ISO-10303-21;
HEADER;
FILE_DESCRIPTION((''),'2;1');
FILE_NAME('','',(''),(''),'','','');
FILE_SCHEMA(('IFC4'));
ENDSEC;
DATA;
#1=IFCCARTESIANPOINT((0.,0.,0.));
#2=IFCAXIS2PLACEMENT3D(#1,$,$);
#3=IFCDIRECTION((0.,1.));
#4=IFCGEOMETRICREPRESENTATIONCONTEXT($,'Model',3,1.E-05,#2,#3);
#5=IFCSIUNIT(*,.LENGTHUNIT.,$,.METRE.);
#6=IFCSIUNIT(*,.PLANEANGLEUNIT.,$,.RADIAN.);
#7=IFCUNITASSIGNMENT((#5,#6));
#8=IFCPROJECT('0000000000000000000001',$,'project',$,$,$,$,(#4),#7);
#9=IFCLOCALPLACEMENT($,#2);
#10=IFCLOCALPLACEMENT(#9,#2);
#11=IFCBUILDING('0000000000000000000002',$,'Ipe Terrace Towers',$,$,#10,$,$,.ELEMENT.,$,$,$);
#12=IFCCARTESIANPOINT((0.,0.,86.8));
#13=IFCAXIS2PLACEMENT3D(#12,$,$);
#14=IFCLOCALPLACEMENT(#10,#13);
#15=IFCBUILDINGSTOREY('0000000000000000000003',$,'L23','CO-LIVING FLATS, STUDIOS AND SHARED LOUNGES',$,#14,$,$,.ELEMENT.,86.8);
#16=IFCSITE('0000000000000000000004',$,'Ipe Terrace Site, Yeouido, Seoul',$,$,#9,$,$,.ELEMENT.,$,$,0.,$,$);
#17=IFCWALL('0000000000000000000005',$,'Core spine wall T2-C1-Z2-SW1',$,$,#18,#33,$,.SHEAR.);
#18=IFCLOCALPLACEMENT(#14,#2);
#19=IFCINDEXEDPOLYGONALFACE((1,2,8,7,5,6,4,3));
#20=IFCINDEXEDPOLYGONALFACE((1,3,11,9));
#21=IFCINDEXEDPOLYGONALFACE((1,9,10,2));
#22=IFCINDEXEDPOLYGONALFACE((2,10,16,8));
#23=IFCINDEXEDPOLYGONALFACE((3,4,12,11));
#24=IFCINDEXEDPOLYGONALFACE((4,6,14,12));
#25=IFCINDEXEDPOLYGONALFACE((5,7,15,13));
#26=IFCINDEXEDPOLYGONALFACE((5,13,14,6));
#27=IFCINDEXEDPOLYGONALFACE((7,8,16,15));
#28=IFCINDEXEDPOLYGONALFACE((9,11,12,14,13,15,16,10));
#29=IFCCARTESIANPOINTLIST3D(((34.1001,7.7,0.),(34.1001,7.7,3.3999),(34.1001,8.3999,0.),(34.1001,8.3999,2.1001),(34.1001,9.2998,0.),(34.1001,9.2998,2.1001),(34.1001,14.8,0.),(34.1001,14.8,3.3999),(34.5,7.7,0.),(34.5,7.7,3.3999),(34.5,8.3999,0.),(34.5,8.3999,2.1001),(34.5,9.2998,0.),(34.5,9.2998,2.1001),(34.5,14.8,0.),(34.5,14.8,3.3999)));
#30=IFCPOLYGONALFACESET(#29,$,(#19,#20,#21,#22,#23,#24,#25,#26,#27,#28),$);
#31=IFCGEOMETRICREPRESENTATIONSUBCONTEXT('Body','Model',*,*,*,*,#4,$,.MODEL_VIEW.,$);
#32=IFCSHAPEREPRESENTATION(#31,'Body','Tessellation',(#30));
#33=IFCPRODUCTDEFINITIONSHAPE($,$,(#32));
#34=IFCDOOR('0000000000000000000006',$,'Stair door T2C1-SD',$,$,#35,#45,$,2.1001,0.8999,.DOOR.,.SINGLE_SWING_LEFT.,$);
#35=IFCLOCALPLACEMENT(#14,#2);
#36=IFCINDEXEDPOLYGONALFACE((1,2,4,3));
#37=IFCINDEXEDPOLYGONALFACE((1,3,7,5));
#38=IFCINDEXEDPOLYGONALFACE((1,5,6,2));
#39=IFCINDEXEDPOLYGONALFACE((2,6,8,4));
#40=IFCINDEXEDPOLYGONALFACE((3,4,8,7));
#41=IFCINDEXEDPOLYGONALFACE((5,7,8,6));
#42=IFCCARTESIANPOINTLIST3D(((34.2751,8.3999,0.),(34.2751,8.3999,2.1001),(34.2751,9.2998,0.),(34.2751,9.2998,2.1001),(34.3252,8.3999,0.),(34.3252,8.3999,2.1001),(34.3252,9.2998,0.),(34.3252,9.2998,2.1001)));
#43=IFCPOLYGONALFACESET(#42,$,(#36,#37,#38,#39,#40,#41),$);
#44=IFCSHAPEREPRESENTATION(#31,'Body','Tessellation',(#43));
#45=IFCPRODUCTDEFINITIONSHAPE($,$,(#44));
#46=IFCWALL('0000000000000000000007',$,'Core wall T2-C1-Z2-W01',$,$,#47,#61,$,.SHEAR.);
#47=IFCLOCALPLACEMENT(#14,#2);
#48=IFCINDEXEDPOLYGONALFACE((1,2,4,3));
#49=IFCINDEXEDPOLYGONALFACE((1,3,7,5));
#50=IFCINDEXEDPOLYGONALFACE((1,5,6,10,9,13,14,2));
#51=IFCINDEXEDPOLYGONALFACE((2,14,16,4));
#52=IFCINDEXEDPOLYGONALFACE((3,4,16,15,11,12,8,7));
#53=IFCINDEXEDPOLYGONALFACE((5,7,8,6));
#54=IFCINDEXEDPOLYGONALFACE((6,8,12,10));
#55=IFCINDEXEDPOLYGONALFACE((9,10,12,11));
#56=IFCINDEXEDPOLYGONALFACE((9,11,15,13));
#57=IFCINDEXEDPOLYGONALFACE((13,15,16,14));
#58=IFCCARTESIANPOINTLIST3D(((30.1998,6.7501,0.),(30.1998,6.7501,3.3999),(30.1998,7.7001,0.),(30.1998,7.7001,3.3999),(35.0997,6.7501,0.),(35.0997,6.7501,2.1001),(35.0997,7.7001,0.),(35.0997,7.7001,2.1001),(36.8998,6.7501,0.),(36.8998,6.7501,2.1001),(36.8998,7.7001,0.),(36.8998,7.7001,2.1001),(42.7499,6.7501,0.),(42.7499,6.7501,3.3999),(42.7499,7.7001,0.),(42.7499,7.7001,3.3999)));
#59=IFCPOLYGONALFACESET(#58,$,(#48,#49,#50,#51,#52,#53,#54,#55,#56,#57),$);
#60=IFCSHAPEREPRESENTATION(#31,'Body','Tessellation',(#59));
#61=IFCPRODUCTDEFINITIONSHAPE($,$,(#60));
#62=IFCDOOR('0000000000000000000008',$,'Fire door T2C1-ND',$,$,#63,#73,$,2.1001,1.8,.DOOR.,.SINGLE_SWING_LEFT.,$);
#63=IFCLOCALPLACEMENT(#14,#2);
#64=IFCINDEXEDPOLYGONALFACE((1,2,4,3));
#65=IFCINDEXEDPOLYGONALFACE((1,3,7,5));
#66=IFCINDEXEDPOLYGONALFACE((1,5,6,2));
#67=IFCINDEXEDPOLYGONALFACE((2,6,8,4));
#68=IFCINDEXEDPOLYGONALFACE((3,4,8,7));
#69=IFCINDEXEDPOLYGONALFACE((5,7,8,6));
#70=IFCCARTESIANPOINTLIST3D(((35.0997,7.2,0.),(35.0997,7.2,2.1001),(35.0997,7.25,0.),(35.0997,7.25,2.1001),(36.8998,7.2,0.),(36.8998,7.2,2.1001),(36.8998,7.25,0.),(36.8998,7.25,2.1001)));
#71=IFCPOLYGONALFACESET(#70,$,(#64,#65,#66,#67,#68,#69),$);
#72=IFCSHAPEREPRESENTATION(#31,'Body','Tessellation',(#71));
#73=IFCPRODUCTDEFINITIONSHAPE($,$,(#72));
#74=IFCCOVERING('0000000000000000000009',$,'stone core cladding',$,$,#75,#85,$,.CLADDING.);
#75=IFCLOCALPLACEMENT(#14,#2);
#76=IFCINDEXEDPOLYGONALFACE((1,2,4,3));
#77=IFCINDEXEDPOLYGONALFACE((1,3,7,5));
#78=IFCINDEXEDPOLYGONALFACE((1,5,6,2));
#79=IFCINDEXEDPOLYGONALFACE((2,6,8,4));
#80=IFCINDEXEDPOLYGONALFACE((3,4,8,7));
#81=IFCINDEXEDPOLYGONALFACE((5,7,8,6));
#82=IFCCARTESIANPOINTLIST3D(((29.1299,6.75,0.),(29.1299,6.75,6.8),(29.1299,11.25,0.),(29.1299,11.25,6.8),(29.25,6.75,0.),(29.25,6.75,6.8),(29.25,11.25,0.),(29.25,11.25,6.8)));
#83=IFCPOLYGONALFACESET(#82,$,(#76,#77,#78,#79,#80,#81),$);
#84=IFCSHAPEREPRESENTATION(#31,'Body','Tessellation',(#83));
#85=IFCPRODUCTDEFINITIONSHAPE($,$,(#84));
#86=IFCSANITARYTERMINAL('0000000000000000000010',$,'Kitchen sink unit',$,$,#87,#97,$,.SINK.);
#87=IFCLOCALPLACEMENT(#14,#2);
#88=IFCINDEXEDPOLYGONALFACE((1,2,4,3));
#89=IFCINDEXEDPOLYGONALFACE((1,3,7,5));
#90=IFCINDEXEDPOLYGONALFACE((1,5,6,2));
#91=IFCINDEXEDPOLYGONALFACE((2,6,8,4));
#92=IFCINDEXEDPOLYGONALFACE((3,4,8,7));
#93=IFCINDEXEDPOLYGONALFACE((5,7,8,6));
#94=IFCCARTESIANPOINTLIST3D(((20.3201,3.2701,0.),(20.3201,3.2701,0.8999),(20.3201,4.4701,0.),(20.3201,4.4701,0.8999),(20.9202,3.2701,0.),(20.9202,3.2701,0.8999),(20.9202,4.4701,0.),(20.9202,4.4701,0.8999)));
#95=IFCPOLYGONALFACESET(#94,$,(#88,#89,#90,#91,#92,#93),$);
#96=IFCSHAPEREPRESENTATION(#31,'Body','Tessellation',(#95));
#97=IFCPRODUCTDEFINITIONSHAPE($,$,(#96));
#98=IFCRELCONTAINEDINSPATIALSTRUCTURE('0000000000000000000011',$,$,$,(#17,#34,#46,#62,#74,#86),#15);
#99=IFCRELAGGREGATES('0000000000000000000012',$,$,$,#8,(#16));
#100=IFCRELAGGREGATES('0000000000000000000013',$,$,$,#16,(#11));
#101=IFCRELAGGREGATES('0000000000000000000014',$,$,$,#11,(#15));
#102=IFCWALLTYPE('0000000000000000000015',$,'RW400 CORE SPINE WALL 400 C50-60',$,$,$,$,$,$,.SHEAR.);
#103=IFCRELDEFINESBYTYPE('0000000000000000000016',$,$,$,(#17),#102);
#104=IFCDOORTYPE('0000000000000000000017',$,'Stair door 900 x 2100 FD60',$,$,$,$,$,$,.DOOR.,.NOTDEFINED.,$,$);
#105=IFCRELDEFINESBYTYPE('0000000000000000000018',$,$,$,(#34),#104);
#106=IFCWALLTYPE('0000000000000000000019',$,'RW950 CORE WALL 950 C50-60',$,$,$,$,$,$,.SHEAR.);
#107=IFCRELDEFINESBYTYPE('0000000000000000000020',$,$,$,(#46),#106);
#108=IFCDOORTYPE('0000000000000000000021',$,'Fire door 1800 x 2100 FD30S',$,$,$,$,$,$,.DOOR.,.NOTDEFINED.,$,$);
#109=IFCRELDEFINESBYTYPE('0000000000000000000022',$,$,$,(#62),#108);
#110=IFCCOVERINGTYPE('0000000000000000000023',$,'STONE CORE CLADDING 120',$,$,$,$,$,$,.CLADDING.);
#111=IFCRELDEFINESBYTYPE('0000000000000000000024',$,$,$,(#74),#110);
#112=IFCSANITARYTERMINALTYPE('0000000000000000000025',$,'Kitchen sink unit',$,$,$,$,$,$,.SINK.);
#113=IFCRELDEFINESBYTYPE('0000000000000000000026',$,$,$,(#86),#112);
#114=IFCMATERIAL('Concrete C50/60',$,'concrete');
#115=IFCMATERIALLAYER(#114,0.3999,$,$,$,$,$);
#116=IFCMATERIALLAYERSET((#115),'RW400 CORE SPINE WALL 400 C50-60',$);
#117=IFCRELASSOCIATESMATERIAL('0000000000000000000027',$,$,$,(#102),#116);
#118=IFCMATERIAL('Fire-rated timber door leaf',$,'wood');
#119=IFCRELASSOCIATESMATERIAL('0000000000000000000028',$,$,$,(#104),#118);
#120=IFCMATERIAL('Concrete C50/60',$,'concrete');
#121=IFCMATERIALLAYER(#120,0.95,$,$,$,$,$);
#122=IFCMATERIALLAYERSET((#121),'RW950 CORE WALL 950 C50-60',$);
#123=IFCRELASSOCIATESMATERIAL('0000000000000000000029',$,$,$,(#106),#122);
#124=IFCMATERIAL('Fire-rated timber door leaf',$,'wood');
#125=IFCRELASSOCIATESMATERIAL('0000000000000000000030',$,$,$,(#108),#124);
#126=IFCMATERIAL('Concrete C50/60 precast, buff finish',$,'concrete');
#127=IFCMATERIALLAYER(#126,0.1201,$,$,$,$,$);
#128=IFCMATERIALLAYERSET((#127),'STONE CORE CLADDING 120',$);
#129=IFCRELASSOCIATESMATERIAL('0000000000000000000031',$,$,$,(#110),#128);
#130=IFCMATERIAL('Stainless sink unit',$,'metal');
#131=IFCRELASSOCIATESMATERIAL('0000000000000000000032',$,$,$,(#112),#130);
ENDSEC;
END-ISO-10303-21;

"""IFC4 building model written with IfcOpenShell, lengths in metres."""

from ifc_helpers import new_model, si_unit, direction, frame, frame_2d, origin, origin_2d, place, context, subcontext, project, spatial, rectangle, extrude, material, layer, layer_set, type_object, element, fill, save


model = new_model("IFC4")

# Units and contexts
model_context = context("Model", 3, precision=1e-05, world=origin(), true_north=direction((0.0, 1.0)))
body_context = subcontext(model_context, "Body", "Model", "MODEL_VIEW")
ifc_project = project(units=[si_unit("LENGTHUNIT", "METRE"), si_unit("PLANEANGLEUNIT", "RADIAN")], contexts=[model_context])

# Site, building, storey
site_placement = place(None, origin())
site = spatial("IfcSite", under=ifc_project, at=site_placement, Name="Ipe Terrace Site, Yeouido, Seoul", CompositionType="ELEMENT", RefElevation=0.0)
building_placement = place(site_placement, origin())
building = spatial("IfcBuilding", under=site, at=building_placement, Name="Ipe Terrace Towers", CompositionType="ELEMENT")
storey_placement = place(building_placement, frame((0.0, 0.0, 86.8)))
storey = spatial("IfcBuildingStorey", under=building, at=storey_placement, Name="L23", Description="CO-LIVING FLATS, STUDIOS AND SHARED LOUNGES", CompositionType="ELEMENT", Elevation=86.8)

# Walls, openings, doors
ifc_material_1 = material(Name="Concrete C50/60", Category="concrete")
ifc_layer_1 = layer(ifc_material_1, 0.3999)
ifc_layer_set_1 = layer_set([ifc_layer_1], Name="RW400 CORE SPINE WALL 400 C50-60")
wall_type_1 = type_object("IfcWallType", Name="RW400 CORE SPINE WALL 400 C50-60", PredefinedType="SHEAR", material=ifc_layer_set_1)
wall_1_placement = place(storey_placement, frame((34.3, 7.7, 0.0), z_axis=(0.0, 0.0, 1.0), x_axis=(0.0, 1.0, 0.0)))
wall_1 = element("IfcWall", 1, at=wall_1_placement, inside=storey, type_object=wall_type_1, Name="Core spine wall T2-C1-Z2-SW1", PredefinedType="SHEAR", context=body_context, shape_type="SweptSolid", body=[
    extrude(rectangle(XDim=7.1001, YDim=0.3999, at=frame_2d((3.55, 0.0))), origin(), (0.0, 0.0, 1.0), 3.3999),
])
opening_1_placement = place(wall_1_placement, frame((0.7, 0.0, 0.0)))
opening_1 = element("IfcOpeningElement", 2, at=opening_1_placement, cuts=wall_1, PredefinedType="OPENING", context=body_context, shape_type="SweptSolid", body=[
    extrude(rectangle(XDim=0.8999, YDim=2.1001, at=frame_2d((0.45, 1.05))), frame((0.0, 0.21, 0.0), z_axis=(0.0, -1.0, 0.0), x_axis=(1.0, 0.0, 0.0)), (0.0, 0.0, 1.0), 0.4199),
])
ifc_material_2 = material(Name="Fire-rated timber door leaf", Category="wood")
door_type_1 = type_object("IfcDoorType", Name="Stair door 900 x 2100 FD60", OperationType="NOTDEFINED", PredefinedType="DOOR", material=ifc_material_2)
door_1_placement = place(opening_1_placement, origin())
door_1 = element("IfcDoor", 3, at=door_1_placement, inside=storey, type_object=door_type_1, Name="Stair door T2C1-SD", OperationType="SINGLE_SWING_LEFT", OverallHeight=2.1001, OverallWidth=0.8999, PredefinedType="DOOR", context=body_context, shape_type="SweptSolid", body=[
    extrude(rectangle(XDim=0.8999, YDim=2.1001, at=frame_2d((0.45, 1.05))), frame((0.0, 0.0249, 0.0), z_axis=(0.0, -1.0, 0.0), x_axis=(1.0, 0.0, 0.0)), (0.0, 0.0, 1.0), 0.05),
])
fill(opening_1, door_1)
ifc_material_3 = material(Name="Concrete C50/60", Category="concrete")
ifc_layer_2 = layer(ifc_material_3, 0.95)
ifc_layer_set_2 = layer_set([ifc_layer_2], Name="RW950 CORE WALL 950 C50-60")
wall_type_2 = type_object("IfcWallType", Name="RW950 CORE WALL 950 C50-60", PredefinedType="SHEAR", material=ifc_layer_set_2)
wall_2_placement = place(storey_placement, frame((30.2, 7.2251, 0.0), z_axis=(0.0, 0.0, 1.0), x_axis=(1.0, 0.0, 0.0)))
wall_2 = element("IfcWall", 4, at=wall_2_placement, inside=storey, type_object=wall_type_2, Name="Core wall T2-C1-Z2-W01", PredefinedType="SHEAR", context=body_context, shape_type="SweptSolid", body=[
    extrude(rectangle(XDim=12.55, YDim=0.95, at=frame_2d((6.2749, 0.0))), origin(), (0.0, 0.0, 1.0), 3.3999),
])
opening_2_placement = place(wall_2_placement, frame((4.8999, 0.0, 0.0)))
opening_2 = element("IfcOpeningElement", 5, at=opening_2_placement, cuts=wall_2, PredefinedType="OPENING", context=body_context, shape_type="SweptSolid", body=[
    extrude(rectangle(XDim=1.8, YDim=2.1001, at=frame_2d((0.8999, 1.05))), frame((0.0, 0.4849, 0.0), z_axis=(0.0, -1.0, 0.0), x_axis=(1.0, 0.0, 0.0)), (0.0, 0.0, 1.0), 0.97),
])
ifc_material_4 = material(Name="Fire-rated timber door leaf", Category="wood")
door_type_2 = type_object("IfcDoorType", Name="Fire door 1800 x 2100 FD30S", OperationType="NOTDEFINED", PredefinedType="DOOR", material=ifc_material_4)
door_2_placement = place(opening_2_placement, origin())
door_2 = element("IfcDoor", 6, at=door_2_placement, inside=storey, type_object=door_type_2, Name="Fire door T2C1-ND", OperationType="SINGLE_SWING_LEFT", OverallHeight=2.1001, OverallWidth=1.8, PredefinedType="DOOR", context=body_context, shape_type="SweptSolid", body=[
    extrude(rectangle(XDim=1.8, YDim=2.1001, at=frame_2d((0.8999, 1.05))), frame((0.0, 0.0249, 0.0), z_axis=(0.0, -1.0, 0.0), x_axis=(1.0, 0.0, 0.0)), (0.0, 0.0, 1.0), 0.05),
])
fill(opening_2, door_2)

# Covering
ifc_material_5 = material(Name="Concrete C50/60 precast, buff finish", Category="concrete")
ifc_layer_3 = layer(ifc_material_5, 0.1201)
ifc_layer_set_3 = layer_set([ifc_layer_3], Name="STONE CORE CLADDING 120")
covering_type = type_object("IfcCoveringType", Name="STONE CORE CLADDING 120", PredefinedType="CLADDING", material=ifc_layer_set_3)
covering_placement = place(storey_placement, frame((29.1899, 9.0, 0.0), z_axis=(0.0, 0.0, 1.0), x_axis=(0.0, -1.0, 0.0)))
element("IfcCovering", 7, at=covering_placement, inside=storey, type_object=covering_type, Name="stone core cladding", PredefinedType="CLADDING", context=body_context, shape_type="SweptSolid", body=[
    extrude(rectangle(XDim=4.5, YDim=0.1201, at=origin_2d()), origin(), (0.0, 0.0, 1.0), 6.8),
])

# Sanitary terminal
ifc_material_6 = material(Name="Stainless sink unit", Category="metal")
sanitary_terminal_type = type_object("IfcSanitaryTerminalType", Name="Kitchen sink unit", PredefinedType="SINK", material=ifc_material_6)
sanitary_terminal_placement = place(storey_placement, frame((20.6201, 3.8701, 0.0), z_axis=(0.0, 0.0, 1.0), x_axis=(0.0, 1.0, 0.0)))
element("IfcSanitaryTerminal", 8, at=sanitary_terminal_placement, inside=storey, type_object=sanitary_terminal_type, Name="Kitchen sink unit", PredefinedType="SINK", context=body_context, shape_type="SweptSolid", body=[
    extrude(rectangle(XDim=1.2, YDim=0.6001, at=origin_2d()), origin(), (0.0, 0.0, 1.0), 0.8999),
])

save(model, "model.ifc")
